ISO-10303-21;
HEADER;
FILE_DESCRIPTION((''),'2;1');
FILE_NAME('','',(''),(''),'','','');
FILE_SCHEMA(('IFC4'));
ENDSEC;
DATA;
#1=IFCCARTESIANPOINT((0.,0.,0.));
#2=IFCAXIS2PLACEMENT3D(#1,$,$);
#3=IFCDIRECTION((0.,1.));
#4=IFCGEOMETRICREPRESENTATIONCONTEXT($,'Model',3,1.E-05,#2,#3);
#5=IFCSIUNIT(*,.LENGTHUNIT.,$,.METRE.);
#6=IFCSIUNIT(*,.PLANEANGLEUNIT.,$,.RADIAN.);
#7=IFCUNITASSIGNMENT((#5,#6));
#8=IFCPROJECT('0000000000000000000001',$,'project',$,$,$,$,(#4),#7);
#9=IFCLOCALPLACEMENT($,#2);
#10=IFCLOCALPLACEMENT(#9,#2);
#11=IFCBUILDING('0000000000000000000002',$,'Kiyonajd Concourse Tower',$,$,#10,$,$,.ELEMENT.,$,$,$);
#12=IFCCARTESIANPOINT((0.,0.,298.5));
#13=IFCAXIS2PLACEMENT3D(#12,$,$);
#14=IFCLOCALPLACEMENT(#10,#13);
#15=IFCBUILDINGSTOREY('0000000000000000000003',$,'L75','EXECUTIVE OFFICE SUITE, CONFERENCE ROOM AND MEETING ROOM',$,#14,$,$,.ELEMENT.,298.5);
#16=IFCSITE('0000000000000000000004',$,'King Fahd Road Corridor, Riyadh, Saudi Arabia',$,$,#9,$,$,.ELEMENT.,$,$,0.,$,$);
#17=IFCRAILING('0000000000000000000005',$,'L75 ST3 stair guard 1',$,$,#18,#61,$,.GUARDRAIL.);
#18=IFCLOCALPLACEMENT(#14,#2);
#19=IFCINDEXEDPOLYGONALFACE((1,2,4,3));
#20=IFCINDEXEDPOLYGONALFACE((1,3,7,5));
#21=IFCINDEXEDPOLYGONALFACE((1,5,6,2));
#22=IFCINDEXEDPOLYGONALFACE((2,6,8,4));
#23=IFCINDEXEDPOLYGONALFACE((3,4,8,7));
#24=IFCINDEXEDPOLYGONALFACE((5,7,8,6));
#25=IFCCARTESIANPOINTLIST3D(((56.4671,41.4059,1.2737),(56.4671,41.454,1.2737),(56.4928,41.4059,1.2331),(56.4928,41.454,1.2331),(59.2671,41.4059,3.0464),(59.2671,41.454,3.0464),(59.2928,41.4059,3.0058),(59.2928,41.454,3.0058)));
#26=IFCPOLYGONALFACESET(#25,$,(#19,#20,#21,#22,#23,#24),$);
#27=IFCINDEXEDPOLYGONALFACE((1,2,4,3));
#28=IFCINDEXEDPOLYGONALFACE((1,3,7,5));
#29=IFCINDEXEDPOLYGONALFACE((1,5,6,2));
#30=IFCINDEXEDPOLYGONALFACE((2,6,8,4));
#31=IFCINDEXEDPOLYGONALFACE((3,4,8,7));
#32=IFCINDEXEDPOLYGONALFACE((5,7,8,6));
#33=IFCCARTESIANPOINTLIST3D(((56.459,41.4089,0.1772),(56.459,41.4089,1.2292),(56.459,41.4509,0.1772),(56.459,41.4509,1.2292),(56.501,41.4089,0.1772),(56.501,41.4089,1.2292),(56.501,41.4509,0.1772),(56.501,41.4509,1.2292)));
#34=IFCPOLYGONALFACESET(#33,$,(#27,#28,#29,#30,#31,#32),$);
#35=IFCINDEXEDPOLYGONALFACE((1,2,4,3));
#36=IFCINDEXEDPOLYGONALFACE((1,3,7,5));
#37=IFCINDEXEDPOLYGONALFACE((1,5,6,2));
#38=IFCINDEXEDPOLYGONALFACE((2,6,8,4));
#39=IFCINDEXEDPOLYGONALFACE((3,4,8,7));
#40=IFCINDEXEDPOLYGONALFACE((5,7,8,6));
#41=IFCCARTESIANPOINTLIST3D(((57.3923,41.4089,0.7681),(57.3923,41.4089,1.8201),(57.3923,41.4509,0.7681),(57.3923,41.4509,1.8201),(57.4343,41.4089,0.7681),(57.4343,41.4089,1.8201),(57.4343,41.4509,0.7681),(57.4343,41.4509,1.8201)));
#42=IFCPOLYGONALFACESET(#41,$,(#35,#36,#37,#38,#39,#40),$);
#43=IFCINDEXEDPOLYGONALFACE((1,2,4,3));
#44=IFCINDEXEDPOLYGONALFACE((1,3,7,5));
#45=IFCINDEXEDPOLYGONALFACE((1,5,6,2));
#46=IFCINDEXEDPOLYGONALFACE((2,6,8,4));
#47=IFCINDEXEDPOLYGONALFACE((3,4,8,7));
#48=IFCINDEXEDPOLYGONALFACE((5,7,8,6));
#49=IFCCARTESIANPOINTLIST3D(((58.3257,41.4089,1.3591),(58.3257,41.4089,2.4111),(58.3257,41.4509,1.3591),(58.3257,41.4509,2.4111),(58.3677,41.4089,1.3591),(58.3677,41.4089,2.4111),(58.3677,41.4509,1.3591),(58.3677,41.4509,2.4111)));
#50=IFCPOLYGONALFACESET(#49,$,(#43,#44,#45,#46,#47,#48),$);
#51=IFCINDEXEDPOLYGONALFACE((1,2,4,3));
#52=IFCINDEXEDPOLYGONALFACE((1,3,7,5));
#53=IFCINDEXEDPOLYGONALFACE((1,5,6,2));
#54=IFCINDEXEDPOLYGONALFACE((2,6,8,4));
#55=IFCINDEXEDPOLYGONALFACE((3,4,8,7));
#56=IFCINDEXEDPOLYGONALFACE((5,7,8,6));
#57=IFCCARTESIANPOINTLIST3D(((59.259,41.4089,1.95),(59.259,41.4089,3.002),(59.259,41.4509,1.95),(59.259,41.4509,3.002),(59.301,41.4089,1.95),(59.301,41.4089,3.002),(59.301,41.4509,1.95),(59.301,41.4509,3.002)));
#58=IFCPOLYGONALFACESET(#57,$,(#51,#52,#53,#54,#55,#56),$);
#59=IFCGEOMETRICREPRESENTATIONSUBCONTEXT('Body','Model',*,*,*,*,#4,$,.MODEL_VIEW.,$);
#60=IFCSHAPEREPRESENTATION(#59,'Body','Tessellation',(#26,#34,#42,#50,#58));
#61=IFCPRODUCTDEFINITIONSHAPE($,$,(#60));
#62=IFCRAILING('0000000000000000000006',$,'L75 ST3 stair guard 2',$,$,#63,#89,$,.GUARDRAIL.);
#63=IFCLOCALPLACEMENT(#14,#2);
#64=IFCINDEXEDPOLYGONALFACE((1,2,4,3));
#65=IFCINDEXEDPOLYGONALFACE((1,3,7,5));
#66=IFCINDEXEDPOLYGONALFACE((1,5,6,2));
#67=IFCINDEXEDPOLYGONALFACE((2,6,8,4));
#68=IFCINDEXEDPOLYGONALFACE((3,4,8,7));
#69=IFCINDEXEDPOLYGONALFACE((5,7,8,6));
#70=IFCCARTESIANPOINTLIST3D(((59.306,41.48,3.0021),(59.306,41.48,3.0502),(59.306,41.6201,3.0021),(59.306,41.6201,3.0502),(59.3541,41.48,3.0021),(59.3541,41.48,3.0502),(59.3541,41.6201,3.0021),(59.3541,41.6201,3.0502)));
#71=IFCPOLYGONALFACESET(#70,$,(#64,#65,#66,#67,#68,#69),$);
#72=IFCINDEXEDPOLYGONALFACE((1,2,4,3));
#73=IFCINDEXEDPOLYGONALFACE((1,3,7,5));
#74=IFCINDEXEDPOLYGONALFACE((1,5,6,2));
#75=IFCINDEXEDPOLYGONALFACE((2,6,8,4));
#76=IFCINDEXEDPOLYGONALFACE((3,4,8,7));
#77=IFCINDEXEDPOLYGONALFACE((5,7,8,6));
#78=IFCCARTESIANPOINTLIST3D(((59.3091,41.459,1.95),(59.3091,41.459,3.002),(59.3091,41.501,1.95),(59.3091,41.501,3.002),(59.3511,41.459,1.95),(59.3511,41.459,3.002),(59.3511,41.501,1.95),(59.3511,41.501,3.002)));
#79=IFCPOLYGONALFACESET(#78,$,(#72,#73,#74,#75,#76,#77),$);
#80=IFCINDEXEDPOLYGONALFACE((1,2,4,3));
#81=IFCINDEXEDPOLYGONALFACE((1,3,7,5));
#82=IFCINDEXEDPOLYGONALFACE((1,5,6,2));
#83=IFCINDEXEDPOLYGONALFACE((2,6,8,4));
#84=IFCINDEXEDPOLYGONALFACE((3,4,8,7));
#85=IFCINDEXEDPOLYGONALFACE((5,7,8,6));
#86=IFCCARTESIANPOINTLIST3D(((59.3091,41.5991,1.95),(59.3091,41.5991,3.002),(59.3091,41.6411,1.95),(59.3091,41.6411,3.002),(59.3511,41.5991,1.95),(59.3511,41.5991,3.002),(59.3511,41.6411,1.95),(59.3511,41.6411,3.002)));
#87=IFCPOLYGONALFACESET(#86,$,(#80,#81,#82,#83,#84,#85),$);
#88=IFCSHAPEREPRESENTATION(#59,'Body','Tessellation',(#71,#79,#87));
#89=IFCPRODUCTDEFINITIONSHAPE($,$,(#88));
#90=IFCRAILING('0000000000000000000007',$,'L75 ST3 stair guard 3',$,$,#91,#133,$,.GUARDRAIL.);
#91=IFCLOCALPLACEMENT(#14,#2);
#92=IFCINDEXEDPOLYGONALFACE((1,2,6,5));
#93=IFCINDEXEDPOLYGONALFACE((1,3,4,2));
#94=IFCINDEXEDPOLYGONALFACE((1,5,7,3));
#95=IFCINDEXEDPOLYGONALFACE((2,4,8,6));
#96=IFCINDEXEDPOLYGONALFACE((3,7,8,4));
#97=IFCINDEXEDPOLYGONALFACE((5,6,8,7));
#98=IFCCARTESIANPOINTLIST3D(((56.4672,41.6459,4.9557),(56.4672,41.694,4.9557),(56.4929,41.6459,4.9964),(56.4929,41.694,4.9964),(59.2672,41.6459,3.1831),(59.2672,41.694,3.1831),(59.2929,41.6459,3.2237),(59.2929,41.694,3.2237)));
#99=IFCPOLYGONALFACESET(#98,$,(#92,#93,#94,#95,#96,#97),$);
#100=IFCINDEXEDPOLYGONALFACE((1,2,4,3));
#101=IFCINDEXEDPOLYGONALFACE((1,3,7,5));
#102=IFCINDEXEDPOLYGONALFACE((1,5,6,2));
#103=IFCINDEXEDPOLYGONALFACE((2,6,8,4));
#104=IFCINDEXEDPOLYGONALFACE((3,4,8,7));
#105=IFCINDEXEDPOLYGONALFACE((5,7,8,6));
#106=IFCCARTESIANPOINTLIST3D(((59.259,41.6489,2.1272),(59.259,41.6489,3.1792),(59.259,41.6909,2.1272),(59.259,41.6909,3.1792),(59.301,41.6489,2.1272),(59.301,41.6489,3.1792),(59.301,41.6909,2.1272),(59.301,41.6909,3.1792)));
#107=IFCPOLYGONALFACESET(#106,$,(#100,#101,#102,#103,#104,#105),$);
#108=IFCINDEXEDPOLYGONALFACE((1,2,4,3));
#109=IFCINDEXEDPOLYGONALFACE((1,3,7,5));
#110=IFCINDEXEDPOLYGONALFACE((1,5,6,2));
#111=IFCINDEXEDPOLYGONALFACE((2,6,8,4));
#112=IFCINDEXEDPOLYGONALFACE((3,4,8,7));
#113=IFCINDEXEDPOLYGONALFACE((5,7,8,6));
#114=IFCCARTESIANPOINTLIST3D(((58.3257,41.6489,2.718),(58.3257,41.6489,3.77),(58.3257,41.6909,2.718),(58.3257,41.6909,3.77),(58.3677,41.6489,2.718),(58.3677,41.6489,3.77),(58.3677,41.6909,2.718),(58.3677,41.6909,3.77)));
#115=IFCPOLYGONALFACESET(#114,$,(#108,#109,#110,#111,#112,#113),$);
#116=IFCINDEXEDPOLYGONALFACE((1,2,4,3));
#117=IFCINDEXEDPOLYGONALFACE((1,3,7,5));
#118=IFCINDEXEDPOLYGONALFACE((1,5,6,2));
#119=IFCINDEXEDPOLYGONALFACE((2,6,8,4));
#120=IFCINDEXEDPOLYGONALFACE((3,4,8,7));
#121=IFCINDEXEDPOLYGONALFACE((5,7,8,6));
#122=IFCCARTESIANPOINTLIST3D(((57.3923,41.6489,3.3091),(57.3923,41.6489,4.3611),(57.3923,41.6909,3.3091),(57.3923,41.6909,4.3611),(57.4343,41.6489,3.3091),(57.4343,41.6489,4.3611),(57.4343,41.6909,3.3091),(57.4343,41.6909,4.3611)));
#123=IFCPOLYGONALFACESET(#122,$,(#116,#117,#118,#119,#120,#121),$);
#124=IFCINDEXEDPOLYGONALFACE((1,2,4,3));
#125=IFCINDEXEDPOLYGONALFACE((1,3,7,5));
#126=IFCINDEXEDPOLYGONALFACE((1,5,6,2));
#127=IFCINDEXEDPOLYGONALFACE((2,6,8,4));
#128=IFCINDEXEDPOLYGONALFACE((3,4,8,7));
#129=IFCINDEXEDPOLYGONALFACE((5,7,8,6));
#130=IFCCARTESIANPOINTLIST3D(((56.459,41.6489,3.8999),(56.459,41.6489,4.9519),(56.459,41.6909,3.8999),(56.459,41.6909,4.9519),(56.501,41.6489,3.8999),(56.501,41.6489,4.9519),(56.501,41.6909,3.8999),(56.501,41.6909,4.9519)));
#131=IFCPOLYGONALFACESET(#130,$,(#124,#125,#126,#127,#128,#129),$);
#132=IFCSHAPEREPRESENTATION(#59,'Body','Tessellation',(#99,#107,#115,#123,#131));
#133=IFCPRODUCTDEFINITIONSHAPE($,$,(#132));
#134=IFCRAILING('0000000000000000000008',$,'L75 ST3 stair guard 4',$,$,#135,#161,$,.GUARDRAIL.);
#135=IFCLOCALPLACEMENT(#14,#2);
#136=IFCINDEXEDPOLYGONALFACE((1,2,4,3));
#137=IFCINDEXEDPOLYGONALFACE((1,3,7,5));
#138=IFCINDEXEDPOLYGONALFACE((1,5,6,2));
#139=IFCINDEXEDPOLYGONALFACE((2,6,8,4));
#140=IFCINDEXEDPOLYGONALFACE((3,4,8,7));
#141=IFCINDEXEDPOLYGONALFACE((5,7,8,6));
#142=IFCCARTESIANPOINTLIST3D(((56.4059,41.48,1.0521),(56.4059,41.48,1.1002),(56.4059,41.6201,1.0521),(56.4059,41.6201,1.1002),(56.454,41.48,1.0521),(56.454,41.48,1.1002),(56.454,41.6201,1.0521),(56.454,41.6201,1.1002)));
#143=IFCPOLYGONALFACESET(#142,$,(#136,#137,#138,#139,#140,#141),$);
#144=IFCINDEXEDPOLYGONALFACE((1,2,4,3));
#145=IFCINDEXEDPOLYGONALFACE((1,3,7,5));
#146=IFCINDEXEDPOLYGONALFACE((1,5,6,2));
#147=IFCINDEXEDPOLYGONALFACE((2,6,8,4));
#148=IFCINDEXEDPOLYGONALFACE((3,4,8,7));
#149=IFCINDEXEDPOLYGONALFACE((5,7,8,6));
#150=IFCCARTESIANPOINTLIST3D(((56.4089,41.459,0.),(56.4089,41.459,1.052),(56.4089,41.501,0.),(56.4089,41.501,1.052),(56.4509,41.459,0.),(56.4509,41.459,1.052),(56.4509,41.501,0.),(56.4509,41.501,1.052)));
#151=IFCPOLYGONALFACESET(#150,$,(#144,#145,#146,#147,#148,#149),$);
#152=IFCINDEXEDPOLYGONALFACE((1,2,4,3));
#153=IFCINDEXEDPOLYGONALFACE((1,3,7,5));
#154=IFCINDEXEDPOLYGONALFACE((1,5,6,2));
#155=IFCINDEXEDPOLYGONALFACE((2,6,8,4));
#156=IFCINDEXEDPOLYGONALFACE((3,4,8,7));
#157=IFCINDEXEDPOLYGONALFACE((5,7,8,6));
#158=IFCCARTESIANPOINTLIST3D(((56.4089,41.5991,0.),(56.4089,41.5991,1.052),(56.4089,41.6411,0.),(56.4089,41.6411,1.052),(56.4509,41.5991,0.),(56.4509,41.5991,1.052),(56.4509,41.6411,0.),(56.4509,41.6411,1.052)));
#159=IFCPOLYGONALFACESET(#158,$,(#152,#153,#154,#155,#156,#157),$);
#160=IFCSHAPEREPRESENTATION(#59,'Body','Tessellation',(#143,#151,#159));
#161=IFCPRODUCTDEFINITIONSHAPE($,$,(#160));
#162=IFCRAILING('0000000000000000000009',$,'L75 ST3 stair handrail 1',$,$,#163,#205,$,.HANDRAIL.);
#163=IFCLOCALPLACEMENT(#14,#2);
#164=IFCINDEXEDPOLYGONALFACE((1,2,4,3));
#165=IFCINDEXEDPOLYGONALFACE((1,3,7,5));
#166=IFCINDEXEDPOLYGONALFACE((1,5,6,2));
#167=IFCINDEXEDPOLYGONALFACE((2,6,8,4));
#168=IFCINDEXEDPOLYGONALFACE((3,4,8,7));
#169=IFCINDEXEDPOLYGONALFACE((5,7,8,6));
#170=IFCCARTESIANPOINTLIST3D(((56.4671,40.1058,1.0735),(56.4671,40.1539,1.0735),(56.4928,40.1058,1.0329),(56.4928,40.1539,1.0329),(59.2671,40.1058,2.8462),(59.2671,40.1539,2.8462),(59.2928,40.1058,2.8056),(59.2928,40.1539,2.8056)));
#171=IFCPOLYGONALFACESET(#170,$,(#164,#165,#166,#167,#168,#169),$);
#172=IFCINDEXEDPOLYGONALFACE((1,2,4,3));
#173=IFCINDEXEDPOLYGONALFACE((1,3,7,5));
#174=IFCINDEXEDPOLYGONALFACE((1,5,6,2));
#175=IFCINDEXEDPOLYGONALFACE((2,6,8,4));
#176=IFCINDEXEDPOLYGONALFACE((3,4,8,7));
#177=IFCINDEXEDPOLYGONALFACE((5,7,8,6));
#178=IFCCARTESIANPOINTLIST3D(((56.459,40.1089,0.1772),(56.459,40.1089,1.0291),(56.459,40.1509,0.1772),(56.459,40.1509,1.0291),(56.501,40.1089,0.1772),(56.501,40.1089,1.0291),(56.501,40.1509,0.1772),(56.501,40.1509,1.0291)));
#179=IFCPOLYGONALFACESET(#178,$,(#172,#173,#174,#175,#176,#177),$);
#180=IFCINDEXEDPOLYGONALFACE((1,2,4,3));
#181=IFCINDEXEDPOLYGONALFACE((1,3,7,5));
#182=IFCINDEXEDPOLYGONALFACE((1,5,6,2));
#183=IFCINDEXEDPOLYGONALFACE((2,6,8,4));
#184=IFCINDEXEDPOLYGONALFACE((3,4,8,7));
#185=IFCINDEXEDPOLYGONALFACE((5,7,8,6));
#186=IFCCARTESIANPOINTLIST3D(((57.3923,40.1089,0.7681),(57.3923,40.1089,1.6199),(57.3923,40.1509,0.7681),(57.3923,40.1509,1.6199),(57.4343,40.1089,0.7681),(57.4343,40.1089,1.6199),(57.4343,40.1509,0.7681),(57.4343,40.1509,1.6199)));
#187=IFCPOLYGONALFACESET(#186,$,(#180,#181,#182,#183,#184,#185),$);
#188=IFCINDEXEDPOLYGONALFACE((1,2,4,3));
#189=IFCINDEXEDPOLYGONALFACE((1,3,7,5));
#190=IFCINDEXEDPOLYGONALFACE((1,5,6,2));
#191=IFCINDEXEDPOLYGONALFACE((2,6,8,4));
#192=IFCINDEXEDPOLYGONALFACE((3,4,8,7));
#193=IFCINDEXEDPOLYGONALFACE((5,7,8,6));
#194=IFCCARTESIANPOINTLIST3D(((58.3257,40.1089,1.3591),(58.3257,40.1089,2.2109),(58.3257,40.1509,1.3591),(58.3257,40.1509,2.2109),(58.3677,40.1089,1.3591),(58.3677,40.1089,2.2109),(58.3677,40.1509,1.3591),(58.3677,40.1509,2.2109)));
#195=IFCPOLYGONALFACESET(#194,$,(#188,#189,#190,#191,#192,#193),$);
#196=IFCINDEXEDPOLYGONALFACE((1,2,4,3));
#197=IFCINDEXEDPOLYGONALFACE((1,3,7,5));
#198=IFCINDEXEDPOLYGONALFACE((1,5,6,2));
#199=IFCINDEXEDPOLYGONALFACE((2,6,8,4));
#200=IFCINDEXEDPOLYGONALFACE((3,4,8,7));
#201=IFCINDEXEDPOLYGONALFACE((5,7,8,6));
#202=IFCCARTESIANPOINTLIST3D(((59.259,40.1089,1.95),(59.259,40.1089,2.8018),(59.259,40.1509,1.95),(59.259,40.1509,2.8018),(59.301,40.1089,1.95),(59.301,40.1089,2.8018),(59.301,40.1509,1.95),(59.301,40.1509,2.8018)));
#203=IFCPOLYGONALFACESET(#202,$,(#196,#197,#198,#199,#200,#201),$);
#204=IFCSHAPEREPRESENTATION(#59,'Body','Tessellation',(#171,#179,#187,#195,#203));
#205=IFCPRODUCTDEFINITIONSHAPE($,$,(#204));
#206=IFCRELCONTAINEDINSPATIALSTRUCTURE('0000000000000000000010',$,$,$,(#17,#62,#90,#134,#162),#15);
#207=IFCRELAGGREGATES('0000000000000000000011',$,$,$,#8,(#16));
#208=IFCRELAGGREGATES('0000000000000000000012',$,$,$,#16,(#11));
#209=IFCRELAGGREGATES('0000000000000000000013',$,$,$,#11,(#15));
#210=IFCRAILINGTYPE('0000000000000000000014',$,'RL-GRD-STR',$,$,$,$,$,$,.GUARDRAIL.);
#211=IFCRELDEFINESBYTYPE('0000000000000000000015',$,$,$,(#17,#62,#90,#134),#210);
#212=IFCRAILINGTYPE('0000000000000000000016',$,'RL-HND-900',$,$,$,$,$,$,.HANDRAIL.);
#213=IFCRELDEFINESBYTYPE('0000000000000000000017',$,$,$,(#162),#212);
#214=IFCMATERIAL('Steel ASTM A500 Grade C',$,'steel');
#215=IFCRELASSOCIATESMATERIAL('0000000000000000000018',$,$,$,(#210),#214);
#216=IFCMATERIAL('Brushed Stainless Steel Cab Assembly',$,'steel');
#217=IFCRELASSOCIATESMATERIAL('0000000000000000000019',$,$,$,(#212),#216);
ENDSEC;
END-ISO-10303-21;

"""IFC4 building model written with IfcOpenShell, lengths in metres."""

from ifc_helpers import new_model, si_unit, direction, frame, origin, origin_2d, place, context, subcontext, project, spatial, rectangle, extrude, material, type_object, element, save


model = new_model("IFC4")

# Units and contexts
model_context = context("Model", 3, precision=1e-05, world=origin(), true_north=direction((0.0, 1.0)))
body_context = subcontext(model_context, "Body", "Model", "MODEL_VIEW")
ifc_project = project(units=[si_unit("LENGTHUNIT", "METRE"), si_unit("PLANEANGLEUNIT", "RADIAN")], contexts=[model_context])

# Site, building, storey
site_placement = place(None, origin())
site = spatial("IfcSite", under=ifc_project, at=site_placement, Name="King Fahd Road Corridor, Riyadh, Saudi Arabia", CompositionType="ELEMENT", RefElevation=0.0)
building_placement = place(site_placement, origin())
building = spatial("IfcBuilding", under=site, at=building_placement, Name="Kiyonajd Concourse Tower", CompositionType="ELEMENT")
storey_placement = place(building_placement, frame((0.0, 0.0, 298.5)))
storey = spatial("IfcBuildingStorey", under=building, at=storey_placement, Name="L75", Description="EXECUTIVE OFFICE SUITE, CONFERENCE ROOM AND MEETING ROOM", CompositionType="ELEMENT", Elevation=298.5)

# Shared definitions
ifc_material_1 = material(Name="Brushed Stainless Steel Cab Assembly", Category="steel")

# Railings
ifc_material_2 = material(Name="Steel ASTM A500 Grade C", Category="steel")
railing_type_1 = type_object("IfcRailingType", Name="RL-GRD-STR", PredefinedType="GUARDRAIL", material=ifc_material_2)
railing_1_placement = place(storey_placement, frame((56.48, 41.4299, 0.1772)))
element("IfcRailing", 1, at=railing_1_placement, inside=storey, type_object=railing_type_1, Name="L75 ST3 stair guard 1", PredefinedType="GUARDRAIL", context=body_context, shape_type="SweptSolid", body=[
    extrude(rectangle(XDim=0.0481, YDim=0.0481, at=origin_2d()), frame((0.0, 0.0, 1.0762), z_axis=(0.844909, 0.0, 0.53491), x_axis=(0.0, 1.0, 0.0)), (0.0, 0.0, 1.0), 3.314),
    extrude(rectangle(XDim=0.042, YDim=0.042, at=origin_2d()), origin(), (0.0, 0.0, 1.0), 1.052),
    extrude(rectangle(XDim=0.042, YDim=0.042, at=origin_2d()), frame((0.9333, 0.0, 0.5908)), (0.0, 0.0, 1.0), 1.052),
    extrude(rectangle(XDim=0.042, YDim=0.042, at=origin_2d()), frame((1.8667, 0.0, 1.1819)), (0.0, 0.0, 1.0), 1.052),
    extrude(rectangle(XDim=0.042, YDim=0.042, at=origin_2d()), frame((2.8, 0.0, 1.7727)), (0.0, 0.0, 1.0), 1.052),
])
railing_2_placement = place(storey_placement, frame((59.3301, 41.48, 1.95)))
element("IfcRailing", 2, at=railing_2_placement, inside=storey, type_object=railing_type_1, Name="L75 ST3 stair guard 2", PredefinedType="GUARDRAIL", context=body_context, shape_type="SweptSolid", body=[
    extrude(rectangle(XDim=0.0481, YDim=0.0481, at=origin_2d()), frame((0.0, 0.0, 1.0762), z_axis=(0.0, 1.0, 0.0), x_axis=(-1.0, 0.0, 0.0)), (0.0, 0.0, 1.0), 0.1401),
    extrude(rectangle(XDim=0.042, YDim=0.042, at=origin_2d()), origin(), (0.0, 0.0, 1.0), 1.052),
    extrude(rectangle(XDim=0.042, YDim=0.042, at=origin_2d()), frame((0.0, 0.1401, 0.0)), (0.0, 0.0, 1.0), 1.052),
])
railing_3_placement = place(storey_placement, frame((59.28, 41.6699, 2.1272)))
element("IfcRailing", 3, at=railing_3_placement, inside=storey, type_object=railing_type_1, Name="L75 ST3 stair guard 3", PredefinedType="GUARDRAIL", context=body_context, shape_type="SweptSolid", body=[
    extrude(rectangle(XDim=0.0481, YDim=0.0481, at=origin_2d()), frame((0.0, 0.0, 1.0762), z_axis=(-0.844909, 0.0, 0.53491), x_axis=(0.0, -1.0, 0.0)), (0.0, 0.0, 1.0), 3.314),
    extrude(rectangle(XDim=0.042, YDim=0.042, at=origin_2d()), origin(), (0.0, 0.0, 1.0), 1.052),
    extrude(rectangle(XDim=0.042, YDim=0.042, at=origin_2d()), frame((-0.9333, 0.0, 0.5908)), (0.0, 0.0, 1.0), 1.052),
    extrude(rectangle(XDim=0.042, YDim=0.042, at=origin_2d()), frame((-1.8667, 0.0, 1.1819)), (0.0, 0.0, 1.0), 1.052),
    extrude(rectangle(XDim=0.042, YDim=0.042, at=origin_2d()), frame((-2.8, 0.0, 1.7727)), (0.0, 0.0, 1.0), 1.052),
])
railing_4_placement = place(storey_placement, frame((56.4299, 41.48, 0.0)))
element("IfcRailing", 4, at=railing_4_placement, inside=storey, type_object=railing_type_1, Name="L75 ST3 stair guard 4", PredefinedType="GUARDRAIL", context=body_context, shape_type="SweptSolid", body=[
    extrude(rectangle(XDim=0.0481, YDim=0.0481, at=origin_2d()), frame((0.0, 0.0, 1.0762), z_axis=(0.0, 1.0, 0.0), x_axis=(-1.0, 0.0, 0.0)), (0.0, 0.0, 1.0), 0.1401),
    extrude(rectangle(XDim=0.042, YDim=0.042, at=origin_2d()), origin(), (0.0, 0.0, 1.0), 1.052),
    extrude(rectangle(XDim=0.042, YDim=0.042, at=origin_2d()), frame((0.0, 0.1401, 0.0)), (0.0, 0.0, 1.0), 1.052),
])
railing_type_2 = type_object("IfcRailingType", Name="RL-HND-900", PredefinedType="HANDRAIL", material=ifc_material_1)
railing_5_placement = place(storey_placement, frame((56.48, 40.1299, 0.1772)))
element("IfcRailing", 5, at=railing_5_placement, inside=storey, type_object=railing_type_2, Name="L75 ST3 stair handrail 1", PredefinedType="HANDRAIL", context=body_context, shape_type="SweptSolid", body=[
    extrude(rectangle(XDim=0.0481, YDim=0.0481, at=origin_2d()), frame((0.0, 0.0, 0.876), z_axis=(0.844909, 0.0, 0.53491), x_axis=(0.0, 1.0, 0.0)), (0.0, 0.0, 1.0), 3.314),
    extrude(rectangle(XDim=0.042, YDim=0.042, at=origin_2d()), origin(), (0.0, 0.0, 1.0), 0.8518),
    extrude(rectangle(XDim=0.042, YDim=0.042, at=origin_2d()), frame((0.9333, 0.0, 0.5908)), (0.0, 0.0, 1.0), 0.8518),
    extrude(rectangle(XDim=0.042, YDim=0.042, at=origin_2d()), frame((1.8667, 0.0, 1.1819)), (0.0, 0.0, 1.0), 0.8518),
    extrude(rectangle(XDim=0.042, YDim=0.042, at=origin_2d()), frame((2.8, 0.0, 1.7727)), (0.0, 0.0, 1.0), 0.8518),
])

save(model, "model.ifc")
